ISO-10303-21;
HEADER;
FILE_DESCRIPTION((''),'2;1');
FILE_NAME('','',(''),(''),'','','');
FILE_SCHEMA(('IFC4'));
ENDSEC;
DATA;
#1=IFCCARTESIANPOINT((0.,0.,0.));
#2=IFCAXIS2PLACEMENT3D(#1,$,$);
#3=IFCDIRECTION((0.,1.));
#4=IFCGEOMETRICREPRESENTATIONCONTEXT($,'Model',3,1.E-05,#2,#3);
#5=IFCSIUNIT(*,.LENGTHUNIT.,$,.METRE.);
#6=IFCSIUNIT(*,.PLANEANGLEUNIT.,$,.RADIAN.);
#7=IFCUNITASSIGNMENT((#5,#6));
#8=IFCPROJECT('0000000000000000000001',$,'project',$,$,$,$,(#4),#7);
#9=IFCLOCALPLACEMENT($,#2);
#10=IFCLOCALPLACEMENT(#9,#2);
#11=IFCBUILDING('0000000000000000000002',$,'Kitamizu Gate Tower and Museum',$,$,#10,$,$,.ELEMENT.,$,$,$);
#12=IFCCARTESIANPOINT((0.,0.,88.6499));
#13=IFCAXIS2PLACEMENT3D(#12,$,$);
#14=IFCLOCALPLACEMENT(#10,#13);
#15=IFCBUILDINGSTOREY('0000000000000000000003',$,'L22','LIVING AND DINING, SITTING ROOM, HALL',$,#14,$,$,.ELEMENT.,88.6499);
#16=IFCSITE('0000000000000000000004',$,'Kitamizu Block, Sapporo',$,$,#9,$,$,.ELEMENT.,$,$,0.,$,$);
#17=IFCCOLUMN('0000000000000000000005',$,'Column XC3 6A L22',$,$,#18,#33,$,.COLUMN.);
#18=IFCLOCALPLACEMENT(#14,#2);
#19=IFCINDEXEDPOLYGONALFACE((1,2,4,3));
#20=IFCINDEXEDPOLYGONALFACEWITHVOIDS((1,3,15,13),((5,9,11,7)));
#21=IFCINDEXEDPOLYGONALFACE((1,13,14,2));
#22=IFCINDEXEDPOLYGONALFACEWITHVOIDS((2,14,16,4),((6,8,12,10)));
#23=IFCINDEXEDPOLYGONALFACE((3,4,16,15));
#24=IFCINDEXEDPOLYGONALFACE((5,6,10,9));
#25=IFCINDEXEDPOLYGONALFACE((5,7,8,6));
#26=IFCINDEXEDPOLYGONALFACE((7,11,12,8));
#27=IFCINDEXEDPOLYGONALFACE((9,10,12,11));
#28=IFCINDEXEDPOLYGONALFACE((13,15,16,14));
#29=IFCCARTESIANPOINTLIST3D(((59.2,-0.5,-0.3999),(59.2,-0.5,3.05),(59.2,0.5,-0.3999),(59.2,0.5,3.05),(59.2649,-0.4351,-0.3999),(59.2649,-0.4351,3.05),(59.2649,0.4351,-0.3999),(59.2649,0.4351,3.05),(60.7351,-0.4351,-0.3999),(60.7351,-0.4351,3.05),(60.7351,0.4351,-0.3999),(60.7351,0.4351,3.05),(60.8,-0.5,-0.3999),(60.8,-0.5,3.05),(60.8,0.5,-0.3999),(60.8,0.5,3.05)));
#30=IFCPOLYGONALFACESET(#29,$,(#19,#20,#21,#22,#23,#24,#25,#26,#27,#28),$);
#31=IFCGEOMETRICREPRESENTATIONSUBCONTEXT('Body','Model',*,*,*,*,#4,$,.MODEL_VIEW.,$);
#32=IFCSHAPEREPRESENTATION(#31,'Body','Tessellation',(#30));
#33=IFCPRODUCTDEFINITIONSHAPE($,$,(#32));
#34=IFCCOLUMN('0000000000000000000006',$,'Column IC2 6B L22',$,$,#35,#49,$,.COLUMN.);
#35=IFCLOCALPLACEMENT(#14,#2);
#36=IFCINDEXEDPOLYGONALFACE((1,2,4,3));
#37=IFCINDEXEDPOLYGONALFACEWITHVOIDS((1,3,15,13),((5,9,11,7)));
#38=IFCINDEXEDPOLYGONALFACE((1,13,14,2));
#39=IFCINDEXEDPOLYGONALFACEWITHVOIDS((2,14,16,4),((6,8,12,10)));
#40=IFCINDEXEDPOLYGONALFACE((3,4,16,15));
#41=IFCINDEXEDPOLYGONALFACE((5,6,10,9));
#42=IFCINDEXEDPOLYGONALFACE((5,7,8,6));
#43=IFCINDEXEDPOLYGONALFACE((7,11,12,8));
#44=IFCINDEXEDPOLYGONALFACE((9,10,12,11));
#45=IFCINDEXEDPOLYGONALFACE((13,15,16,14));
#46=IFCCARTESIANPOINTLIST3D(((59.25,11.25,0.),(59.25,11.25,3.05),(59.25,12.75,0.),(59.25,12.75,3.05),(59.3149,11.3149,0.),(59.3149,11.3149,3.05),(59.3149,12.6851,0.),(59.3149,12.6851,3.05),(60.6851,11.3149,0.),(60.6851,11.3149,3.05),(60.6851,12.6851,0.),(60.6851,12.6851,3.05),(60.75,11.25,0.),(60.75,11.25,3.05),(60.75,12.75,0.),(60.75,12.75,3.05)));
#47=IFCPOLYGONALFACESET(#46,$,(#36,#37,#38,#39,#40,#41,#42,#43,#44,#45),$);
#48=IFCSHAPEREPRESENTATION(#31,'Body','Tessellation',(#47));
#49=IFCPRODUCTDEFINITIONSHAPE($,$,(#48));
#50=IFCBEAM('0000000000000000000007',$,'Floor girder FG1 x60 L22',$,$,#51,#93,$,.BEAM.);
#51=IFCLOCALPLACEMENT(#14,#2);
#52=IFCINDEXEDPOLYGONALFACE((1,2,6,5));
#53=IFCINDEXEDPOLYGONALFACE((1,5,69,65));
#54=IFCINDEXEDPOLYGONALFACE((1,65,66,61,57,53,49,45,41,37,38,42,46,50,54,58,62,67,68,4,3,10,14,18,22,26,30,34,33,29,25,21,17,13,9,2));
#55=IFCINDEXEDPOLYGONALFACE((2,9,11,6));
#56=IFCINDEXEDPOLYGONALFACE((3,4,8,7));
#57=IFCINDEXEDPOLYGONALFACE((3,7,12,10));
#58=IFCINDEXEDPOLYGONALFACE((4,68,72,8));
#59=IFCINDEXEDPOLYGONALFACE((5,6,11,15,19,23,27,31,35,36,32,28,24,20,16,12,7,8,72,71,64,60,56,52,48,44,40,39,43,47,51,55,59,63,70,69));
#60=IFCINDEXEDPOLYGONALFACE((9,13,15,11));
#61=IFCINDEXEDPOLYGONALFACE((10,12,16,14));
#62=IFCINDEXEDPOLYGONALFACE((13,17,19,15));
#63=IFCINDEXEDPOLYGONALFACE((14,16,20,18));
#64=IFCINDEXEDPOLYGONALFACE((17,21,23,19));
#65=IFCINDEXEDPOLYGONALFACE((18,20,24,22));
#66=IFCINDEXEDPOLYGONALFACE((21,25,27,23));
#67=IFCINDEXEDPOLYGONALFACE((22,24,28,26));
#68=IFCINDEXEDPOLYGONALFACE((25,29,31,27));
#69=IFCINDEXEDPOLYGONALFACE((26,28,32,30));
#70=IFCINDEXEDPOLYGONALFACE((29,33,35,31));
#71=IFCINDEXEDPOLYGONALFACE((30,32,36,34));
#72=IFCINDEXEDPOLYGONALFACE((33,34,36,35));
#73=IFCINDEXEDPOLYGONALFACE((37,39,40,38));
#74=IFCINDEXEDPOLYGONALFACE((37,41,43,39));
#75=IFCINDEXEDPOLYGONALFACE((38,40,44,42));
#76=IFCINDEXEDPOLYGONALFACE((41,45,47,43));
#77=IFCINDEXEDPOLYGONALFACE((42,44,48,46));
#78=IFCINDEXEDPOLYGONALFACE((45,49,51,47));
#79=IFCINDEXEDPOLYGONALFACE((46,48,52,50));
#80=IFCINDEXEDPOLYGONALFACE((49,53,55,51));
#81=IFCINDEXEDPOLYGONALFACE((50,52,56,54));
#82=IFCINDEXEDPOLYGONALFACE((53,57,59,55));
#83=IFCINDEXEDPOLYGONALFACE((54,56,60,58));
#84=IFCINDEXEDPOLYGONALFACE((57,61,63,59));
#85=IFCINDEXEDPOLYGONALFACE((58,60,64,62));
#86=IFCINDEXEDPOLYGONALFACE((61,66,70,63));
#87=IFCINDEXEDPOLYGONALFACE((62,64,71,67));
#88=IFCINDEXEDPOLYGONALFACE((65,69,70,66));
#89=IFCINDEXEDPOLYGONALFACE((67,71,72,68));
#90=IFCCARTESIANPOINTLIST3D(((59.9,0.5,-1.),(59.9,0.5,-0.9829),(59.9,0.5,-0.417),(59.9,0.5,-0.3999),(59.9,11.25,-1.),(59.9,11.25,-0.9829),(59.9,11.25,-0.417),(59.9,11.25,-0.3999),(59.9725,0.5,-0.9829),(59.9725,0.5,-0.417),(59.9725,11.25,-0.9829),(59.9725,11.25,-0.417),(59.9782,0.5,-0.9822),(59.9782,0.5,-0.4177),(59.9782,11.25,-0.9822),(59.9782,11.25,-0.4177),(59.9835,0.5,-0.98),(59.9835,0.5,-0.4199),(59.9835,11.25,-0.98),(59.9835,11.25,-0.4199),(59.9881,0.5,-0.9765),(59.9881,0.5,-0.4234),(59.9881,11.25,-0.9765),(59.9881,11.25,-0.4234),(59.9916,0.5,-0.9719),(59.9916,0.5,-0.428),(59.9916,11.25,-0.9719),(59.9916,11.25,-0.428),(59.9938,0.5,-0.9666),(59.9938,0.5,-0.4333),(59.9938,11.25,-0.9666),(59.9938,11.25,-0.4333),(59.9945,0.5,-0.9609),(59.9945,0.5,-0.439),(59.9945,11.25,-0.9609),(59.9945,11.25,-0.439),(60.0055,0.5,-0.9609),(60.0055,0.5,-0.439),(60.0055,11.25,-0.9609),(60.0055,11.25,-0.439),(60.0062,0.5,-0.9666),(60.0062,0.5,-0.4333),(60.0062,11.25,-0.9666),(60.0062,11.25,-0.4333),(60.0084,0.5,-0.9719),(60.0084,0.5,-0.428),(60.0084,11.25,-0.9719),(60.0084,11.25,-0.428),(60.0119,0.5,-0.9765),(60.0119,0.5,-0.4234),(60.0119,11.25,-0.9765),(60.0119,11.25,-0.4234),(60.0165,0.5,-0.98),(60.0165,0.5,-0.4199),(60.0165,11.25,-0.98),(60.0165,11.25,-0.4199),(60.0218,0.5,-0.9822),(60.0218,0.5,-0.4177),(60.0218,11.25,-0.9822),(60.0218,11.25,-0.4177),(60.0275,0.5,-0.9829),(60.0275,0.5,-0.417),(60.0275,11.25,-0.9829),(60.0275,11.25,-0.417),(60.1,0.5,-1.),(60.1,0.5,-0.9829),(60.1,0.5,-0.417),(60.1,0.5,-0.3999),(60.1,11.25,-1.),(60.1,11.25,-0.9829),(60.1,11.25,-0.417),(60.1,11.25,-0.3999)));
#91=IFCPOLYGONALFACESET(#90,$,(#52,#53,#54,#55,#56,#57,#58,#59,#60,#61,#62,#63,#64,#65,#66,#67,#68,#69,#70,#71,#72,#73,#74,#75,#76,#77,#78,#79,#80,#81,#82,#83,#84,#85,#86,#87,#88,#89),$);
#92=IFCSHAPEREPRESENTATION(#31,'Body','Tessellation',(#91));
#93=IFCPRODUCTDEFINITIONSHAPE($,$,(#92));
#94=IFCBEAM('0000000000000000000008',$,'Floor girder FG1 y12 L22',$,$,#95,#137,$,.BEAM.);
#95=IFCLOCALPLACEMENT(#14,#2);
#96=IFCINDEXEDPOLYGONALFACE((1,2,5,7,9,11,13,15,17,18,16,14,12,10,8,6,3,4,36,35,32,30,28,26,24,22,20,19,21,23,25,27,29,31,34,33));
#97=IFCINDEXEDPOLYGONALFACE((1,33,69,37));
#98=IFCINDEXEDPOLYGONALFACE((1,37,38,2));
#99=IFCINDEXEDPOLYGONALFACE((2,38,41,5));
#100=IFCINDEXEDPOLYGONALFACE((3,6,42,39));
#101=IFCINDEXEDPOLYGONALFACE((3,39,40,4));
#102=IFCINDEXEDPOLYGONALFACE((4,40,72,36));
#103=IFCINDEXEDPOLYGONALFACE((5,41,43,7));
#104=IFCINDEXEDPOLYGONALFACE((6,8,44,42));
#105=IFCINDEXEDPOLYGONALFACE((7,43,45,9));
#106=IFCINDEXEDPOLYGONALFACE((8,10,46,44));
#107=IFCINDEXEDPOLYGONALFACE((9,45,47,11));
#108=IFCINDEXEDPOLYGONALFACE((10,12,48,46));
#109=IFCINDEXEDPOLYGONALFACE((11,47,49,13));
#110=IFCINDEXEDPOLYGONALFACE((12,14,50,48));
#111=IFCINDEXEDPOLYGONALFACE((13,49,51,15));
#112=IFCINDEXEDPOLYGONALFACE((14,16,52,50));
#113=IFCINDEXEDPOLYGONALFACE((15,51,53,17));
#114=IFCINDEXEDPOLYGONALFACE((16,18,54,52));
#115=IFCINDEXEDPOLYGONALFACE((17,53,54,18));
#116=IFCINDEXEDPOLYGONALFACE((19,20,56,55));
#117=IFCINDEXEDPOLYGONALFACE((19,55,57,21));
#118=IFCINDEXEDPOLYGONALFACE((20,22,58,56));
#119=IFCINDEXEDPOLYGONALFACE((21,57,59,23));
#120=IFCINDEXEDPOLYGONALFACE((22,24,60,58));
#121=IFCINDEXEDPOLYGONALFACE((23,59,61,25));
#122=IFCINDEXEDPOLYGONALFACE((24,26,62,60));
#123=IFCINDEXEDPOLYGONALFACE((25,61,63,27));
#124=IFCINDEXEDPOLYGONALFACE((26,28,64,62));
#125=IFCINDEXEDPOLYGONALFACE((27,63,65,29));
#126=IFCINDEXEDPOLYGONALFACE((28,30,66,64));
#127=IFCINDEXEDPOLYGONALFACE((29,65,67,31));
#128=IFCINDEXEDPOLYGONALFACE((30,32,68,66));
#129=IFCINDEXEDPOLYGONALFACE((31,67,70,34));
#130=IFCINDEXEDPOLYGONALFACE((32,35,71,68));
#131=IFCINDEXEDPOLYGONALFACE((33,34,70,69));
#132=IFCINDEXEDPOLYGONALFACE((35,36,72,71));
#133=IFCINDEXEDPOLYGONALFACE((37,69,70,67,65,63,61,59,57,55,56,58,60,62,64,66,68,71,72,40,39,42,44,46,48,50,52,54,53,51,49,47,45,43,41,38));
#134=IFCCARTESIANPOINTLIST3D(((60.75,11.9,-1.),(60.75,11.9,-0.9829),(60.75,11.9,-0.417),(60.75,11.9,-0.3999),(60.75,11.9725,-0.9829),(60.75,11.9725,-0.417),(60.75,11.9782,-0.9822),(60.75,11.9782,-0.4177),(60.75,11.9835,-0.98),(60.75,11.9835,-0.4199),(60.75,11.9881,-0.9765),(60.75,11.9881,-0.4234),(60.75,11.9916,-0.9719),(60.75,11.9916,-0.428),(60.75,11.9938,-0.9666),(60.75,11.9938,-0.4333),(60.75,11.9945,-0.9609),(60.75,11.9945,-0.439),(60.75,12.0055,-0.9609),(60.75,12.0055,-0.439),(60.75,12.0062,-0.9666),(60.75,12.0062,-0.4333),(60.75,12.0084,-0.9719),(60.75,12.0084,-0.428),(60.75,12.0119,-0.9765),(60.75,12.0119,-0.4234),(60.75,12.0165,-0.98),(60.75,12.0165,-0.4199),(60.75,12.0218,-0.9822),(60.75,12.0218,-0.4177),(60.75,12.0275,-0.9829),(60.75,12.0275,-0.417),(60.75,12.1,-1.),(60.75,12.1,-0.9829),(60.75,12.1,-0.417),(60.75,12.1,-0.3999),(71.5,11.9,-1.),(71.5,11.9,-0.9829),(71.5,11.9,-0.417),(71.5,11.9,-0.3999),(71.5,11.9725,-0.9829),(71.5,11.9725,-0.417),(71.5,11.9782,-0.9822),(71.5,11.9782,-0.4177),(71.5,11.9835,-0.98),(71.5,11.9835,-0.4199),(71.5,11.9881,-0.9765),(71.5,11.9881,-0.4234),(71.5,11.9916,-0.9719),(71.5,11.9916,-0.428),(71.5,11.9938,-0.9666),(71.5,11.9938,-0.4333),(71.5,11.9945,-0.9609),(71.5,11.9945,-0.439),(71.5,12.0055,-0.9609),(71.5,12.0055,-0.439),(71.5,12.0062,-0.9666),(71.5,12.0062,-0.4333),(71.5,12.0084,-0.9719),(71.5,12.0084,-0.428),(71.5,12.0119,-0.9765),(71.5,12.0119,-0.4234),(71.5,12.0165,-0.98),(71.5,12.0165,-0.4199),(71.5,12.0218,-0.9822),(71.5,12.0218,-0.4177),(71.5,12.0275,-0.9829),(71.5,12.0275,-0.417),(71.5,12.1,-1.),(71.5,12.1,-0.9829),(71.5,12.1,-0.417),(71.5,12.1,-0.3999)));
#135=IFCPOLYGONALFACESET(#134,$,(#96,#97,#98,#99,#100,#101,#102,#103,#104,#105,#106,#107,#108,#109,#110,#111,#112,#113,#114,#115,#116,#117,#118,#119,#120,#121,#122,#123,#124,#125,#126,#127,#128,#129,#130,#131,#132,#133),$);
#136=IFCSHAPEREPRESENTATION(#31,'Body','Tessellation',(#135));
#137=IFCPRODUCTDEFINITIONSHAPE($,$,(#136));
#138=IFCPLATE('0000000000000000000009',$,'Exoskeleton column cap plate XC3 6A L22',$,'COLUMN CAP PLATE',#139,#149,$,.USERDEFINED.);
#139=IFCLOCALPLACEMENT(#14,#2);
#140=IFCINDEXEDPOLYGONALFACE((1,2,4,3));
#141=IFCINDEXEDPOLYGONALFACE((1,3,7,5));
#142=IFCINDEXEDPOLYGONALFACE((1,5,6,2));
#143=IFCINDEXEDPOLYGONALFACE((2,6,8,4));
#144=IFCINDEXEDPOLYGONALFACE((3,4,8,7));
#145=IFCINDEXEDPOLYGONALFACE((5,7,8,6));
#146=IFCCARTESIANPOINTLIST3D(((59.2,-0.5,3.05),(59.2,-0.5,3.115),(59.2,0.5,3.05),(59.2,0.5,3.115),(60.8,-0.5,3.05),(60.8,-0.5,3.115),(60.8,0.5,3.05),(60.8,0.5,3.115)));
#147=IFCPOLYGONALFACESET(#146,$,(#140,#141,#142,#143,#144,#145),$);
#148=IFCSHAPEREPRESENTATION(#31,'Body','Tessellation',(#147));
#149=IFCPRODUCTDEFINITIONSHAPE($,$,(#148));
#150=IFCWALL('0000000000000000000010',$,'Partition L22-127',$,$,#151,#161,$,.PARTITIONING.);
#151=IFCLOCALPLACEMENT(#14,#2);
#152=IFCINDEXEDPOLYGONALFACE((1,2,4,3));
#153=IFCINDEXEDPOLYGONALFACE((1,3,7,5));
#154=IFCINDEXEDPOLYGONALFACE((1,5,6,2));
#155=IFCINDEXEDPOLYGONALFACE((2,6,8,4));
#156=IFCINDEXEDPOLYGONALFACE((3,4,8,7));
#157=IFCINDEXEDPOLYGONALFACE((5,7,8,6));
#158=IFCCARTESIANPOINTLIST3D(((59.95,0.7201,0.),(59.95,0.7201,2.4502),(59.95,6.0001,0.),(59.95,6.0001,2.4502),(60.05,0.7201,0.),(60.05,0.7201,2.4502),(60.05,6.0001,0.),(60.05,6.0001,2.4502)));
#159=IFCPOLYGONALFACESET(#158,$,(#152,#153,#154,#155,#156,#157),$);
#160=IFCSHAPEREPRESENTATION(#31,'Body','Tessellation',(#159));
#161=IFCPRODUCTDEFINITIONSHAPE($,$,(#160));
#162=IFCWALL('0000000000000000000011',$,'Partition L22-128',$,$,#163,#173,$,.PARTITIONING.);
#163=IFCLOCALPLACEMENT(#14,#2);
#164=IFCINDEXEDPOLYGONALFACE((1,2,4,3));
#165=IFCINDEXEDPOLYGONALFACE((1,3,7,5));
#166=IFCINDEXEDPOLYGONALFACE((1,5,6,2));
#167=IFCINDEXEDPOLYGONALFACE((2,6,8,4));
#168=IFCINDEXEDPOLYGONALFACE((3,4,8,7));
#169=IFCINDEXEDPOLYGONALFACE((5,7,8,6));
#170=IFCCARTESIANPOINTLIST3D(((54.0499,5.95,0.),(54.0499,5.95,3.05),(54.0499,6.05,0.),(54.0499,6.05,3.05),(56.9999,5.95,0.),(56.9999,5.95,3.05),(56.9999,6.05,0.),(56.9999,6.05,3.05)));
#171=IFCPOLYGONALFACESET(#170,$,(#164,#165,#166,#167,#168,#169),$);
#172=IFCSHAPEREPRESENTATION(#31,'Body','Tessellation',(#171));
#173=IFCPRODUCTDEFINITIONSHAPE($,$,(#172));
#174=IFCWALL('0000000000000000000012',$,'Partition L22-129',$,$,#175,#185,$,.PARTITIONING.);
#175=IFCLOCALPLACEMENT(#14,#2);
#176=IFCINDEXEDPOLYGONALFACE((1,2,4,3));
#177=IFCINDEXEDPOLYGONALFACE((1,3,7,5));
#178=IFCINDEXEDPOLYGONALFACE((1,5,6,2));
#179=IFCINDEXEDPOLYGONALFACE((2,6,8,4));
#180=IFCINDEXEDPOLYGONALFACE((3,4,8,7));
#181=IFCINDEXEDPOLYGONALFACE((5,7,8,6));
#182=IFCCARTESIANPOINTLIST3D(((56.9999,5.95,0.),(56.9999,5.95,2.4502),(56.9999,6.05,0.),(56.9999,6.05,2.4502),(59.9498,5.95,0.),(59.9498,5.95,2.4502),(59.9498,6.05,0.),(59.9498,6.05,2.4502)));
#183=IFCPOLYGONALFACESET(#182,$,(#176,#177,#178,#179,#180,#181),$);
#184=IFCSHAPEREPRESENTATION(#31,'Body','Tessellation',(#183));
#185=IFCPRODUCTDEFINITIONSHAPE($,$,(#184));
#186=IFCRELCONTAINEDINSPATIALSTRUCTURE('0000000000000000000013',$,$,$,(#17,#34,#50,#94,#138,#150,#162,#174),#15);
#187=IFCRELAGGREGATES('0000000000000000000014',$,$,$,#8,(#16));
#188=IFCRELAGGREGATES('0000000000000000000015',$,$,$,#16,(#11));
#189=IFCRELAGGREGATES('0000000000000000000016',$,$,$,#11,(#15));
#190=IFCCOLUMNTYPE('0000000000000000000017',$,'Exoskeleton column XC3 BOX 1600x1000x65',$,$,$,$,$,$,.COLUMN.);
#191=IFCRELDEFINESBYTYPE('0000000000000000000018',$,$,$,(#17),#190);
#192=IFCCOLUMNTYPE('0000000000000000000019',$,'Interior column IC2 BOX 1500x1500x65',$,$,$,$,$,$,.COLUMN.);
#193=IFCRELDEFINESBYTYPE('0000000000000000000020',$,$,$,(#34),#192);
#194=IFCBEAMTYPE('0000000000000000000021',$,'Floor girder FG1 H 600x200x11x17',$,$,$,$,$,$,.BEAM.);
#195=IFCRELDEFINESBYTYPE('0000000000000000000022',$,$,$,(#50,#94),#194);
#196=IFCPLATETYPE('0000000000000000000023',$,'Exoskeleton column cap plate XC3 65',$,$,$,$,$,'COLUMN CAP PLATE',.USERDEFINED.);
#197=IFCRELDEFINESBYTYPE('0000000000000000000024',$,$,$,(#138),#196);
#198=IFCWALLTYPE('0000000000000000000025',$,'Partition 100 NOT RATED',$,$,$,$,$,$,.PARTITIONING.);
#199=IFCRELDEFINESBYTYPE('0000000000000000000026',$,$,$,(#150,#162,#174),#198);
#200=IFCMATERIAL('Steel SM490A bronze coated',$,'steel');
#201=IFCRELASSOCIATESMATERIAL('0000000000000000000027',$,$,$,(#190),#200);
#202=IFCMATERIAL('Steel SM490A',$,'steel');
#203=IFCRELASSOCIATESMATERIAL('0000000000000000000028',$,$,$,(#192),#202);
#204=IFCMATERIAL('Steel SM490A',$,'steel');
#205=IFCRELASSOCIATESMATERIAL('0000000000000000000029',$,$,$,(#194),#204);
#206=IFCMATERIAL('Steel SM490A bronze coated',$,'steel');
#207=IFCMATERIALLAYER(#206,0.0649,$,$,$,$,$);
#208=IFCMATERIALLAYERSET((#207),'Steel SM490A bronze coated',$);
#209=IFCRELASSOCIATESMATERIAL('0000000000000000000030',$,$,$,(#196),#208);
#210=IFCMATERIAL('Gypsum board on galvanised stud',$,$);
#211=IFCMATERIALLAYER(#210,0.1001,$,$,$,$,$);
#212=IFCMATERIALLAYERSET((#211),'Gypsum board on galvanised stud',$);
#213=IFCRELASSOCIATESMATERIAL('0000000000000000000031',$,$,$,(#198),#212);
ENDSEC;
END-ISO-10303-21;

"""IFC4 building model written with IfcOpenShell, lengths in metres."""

from ifc_helpers import new_model, si_unit, direction, frame, frame_2d, origin, origin_2d, place, context, subcontext, project, spatial, rectangle, hollow_rectangle, i_section, extrude, material, layer, layer_set, material_profile, profile_set, type_object, element, save


model = new_model("IFC4")

# Units and contexts
model_context = context("Model", 3, precision=1e-05, world=origin(), true_north=direction((0.0, 1.0)))
body_context = subcontext(model_context, "Body", "Model", "MODEL_VIEW")
ifc_project = project(units=[si_unit("LENGTHUNIT", "METRE"), si_unit("PLANEANGLEUNIT", "RADIAN")], contexts=[model_context])

# Site, building, storey
site_placement = place(None, origin())
site = spatial("IfcSite", under=ifc_project, at=site_placement, Name="Kitamizu Block, Sapporo", CompositionType="ELEMENT", RefElevation=0.0)
building_placement = place(site_placement, origin())
building = spatial("IfcBuilding", under=site, at=building_placement, Name="Kitamizu Gate Tower and Museum", CompositionType="ELEMENT")
storey_placement = place(building_placement, frame((0.0, 0.0, 88.6499)))
storey = spatial("IfcBuildingStorey", under=building, at=storey_placement, Name="L22", Description="LIVING AND DINING, SITTING ROOM, HALL", CompositionType="ELEMENT", Elevation=88.6499)

# Columns
ifc_material_1 = material(Name="Steel SM490A bronze coated", Category="steel")
ifc_material_profile_1 = material_profile(ifc_material_1, hollow_rectangle(XDim=1.6001, YDim=1.0, WallThickness=0.0649, at=origin_2d()), Name="BOX 1600x1000x65")
ifc_profile_set_1 = profile_set([ifc_material_profile_1], Name="Steel SM490A bronze coated")
column_type_1 = type_object("IfcColumnType", Name="Exoskeleton column XC3 BOX 1600x1000x65", PredefinedType="COLUMN", material=ifc_profile_set_1)
column_1_placement = place(storey_placement, frame((60.0, 0.0, -0.3999), z_axis=(0.0, 0.0, 1.0), x_axis=(1.0, 0.0, 0.0)))
element("IfcColumn", 1, at=column_1_placement, inside=storey, type_object=column_type_1, Name="Column XC3 6A L22", PredefinedType="COLUMN", context=body_context, shape_type="SweptSolid", body=[
    extrude(hollow_rectangle(XDim=1.6001, YDim=1.0, WallThickness=0.0649, at=origin_2d()), origin(), (0.0, 0.0, 1.0), 3.45),
])
ifc_material_2 = material(Name="Steel SM490A", Category="steel")
ifc_material_profile_2 = material_profile(ifc_material_2, hollow_rectangle(XDim=1.5, YDim=1.5, WallThickness=0.0649, at=origin_2d()), Name="BOX 1500x1500x65")
ifc_profile_set_2 = profile_set([ifc_material_profile_2], Name="Steel SM490A")
column_type_2 = type_object("IfcColumnType", Name="Interior column IC2 BOX 1500x1500x65", PredefinedType="COLUMN", material=ifc_profile_set_2)
column_2_placement = place(storey_placement, frame((60.0, 12.0, 0.0), z_axis=(0.0, 0.0, 1.0), x_axis=(1.0, 0.0, 0.0)))
element("IfcColumn", 2, at=column_2_placement, inside=storey, type_object=column_type_2, Name="Column IC2 6B L22", PredefinedType="COLUMN", context=body_context, shape_type="SweptSolid", body=[
    extrude(hollow_rectangle(XDim=1.5, YDim=1.5, WallThickness=0.0649, at=origin_2d()), origin(), (0.0, 0.0, 1.0), 3.05),
])

# Beams
ifc_material_3 = material(Name="Steel SM490A", Category="steel")
ifc_material_profile_3 = material_profile(ifc_material_3, i_section(OverallWidth=0.2, OverallDepth=0.6001, WebThickness=0.011, FlangeThickness=0.0171, FilletRadius=0.022, at=origin_2d()), Name="H-600x200x11x17")
ifc_profile_set_3 = profile_set([ifc_material_profile_3], Name="Steel SM490A")
beam_type = type_object("IfcBeamType", Name="Floor girder FG1 H 600x200x11x17", PredefinedType="BEAM", material=ifc_profile_set_3)
for number, where, z_axis, x_axis, name in (
    (3, (60.0, 0.5, -0.7), (0.0, 1.0, 0.0), (-1.0, 0.0, 0.0), "Floor girder FG1 x60 L22"),
    (4, (60.75, 12.0, -0.7), (1.0, 0.0, 0.0), (0.0, 1.0, 0.0), "Floor girder FG1 y12 L22"),
):
    element("IfcBeam", number, at=place(storey_placement, frame(where, z_axis=z_axis, x_axis=x_axis)), inside=storey, type_object=beam_type, Name=name, PredefinedType="BEAM", context=body_context, shape_type="SweptSolid", body=[
        extrude(i_section(OverallWidth=0.2, OverallDepth=0.6001, WebThickness=0.011, FlangeThickness=0.0171, FilletRadius=0.022, at=origin_2d()), origin(), (0.0, 0.0, 1.0), 10.75),
    ])

# Plate
ifc_material_4 = material(Name="Steel SM490A bronze coated", Category="steel")
ifc_layer_1 = layer(ifc_material_4, 0.0649)
ifc_layer_set_1 = layer_set([ifc_layer_1], Name="Steel SM490A bronze coated")
plate_type = type_object("IfcPlateType", Name="Exoskeleton column cap plate XC3 65", ElementType="COLUMN CAP PLATE", PredefinedType="USERDEFINED", material=ifc_layer_set_1)
plate_placement = place(storey_placement, frame((60.0, 0.0, 3.05), z_axis=(0.0, 0.0, 1.0), x_axis=(1.0, 0.0, 0.0)))
element("IfcPlate", 5, at=plate_placement, inside=storey, type_object=plate_type, Name="Exoskeleton column cap plate XC3 6A L22", ObjectType="COLUMN CAP PLATE", PredefinedType="USERDEFINED", context=body_context, shape_type="SweptSolid", body=[
    extrude(rectangle(XDim=1.6001, YDim=1.0, at=origin_2d()), origin(), (0.0, 0.0, 1.0), 0.0649),
])

# Walls
ifc_material_5 = material(Name="Gypsum board on galvanised stud")
ifc_layer_2 = layer(ifc_material_5, 0.1001)
ifc_layer_set_2 = layer_set([ifc_layer_2], Name="Gypsum board on galvanised stud")
wall_type = type_object("IfcWallType", Name="Partition 100 NOT RATED", PredefinedType="PARTITIONING", material=ifc_layer_set_2)
wall_1_placement = place(storey_placement, frame((60.0, 0.72, 0.0), z_axis=(0.0, 0.0, 1.0), x_axis=(0.0, 1.0, 0.0)))
element("IfcWall", 6, at=wall_1_placement, inside=storey, type_object=wall_type, Name="Partition L22-127", PredefinedType="PARTITIONING", context=body_context, shape_type="SweptSolid", body=[
    extrude(rectangle(XDim=5.28, YDim=0.1001, at=frame_2d((2.6401, 0.0))), origin(), (0.0, 0.0, 1.0), 2.4502),
])
wall_2_placement = place(storey_placement, frame((57.0, 6.0, 0.0), z_axis=(0.0, 0.0, 1.0), x_axis=(-1.0, 0.0, 0.0)))
element("IfcWall", 7, at=wall_2_placement, inside=storey, type_object=wall_type, Name="Partition L22-128", PredefinedType="PARTITIONING", context=body_context, shape_type="SweptSolid", body=[
    extrude(rectangle(XDim=2.95, YDim=0.1001, at=frame_2d((1.4751, 0.0))), origin(), (0.0, 0.0, 1.0), 3.05),
])
wall_3_placement = place(storey_placement, frame((59.95, 6.0, 0.0), z_axis=(0.0, 0.0, 1.0), x_axis=(-1.0, 0.0, 0.0)))
element("IfcWall", 8, at=wall_3_placement, inside=storey, type_object=wall_type, Name="Partition L22-129", PredefinedType="PARTITIONING", context=body_context, shape_type="SweptSolid", body=[
    extrude(rectangle(XDim=2.95, YDim=0.1001, at=frame_2d((1.4751, 0.0))), origin(), (0.0, 0.0, 1.0), 2.4502),
])

save(model, "model.ifc")
